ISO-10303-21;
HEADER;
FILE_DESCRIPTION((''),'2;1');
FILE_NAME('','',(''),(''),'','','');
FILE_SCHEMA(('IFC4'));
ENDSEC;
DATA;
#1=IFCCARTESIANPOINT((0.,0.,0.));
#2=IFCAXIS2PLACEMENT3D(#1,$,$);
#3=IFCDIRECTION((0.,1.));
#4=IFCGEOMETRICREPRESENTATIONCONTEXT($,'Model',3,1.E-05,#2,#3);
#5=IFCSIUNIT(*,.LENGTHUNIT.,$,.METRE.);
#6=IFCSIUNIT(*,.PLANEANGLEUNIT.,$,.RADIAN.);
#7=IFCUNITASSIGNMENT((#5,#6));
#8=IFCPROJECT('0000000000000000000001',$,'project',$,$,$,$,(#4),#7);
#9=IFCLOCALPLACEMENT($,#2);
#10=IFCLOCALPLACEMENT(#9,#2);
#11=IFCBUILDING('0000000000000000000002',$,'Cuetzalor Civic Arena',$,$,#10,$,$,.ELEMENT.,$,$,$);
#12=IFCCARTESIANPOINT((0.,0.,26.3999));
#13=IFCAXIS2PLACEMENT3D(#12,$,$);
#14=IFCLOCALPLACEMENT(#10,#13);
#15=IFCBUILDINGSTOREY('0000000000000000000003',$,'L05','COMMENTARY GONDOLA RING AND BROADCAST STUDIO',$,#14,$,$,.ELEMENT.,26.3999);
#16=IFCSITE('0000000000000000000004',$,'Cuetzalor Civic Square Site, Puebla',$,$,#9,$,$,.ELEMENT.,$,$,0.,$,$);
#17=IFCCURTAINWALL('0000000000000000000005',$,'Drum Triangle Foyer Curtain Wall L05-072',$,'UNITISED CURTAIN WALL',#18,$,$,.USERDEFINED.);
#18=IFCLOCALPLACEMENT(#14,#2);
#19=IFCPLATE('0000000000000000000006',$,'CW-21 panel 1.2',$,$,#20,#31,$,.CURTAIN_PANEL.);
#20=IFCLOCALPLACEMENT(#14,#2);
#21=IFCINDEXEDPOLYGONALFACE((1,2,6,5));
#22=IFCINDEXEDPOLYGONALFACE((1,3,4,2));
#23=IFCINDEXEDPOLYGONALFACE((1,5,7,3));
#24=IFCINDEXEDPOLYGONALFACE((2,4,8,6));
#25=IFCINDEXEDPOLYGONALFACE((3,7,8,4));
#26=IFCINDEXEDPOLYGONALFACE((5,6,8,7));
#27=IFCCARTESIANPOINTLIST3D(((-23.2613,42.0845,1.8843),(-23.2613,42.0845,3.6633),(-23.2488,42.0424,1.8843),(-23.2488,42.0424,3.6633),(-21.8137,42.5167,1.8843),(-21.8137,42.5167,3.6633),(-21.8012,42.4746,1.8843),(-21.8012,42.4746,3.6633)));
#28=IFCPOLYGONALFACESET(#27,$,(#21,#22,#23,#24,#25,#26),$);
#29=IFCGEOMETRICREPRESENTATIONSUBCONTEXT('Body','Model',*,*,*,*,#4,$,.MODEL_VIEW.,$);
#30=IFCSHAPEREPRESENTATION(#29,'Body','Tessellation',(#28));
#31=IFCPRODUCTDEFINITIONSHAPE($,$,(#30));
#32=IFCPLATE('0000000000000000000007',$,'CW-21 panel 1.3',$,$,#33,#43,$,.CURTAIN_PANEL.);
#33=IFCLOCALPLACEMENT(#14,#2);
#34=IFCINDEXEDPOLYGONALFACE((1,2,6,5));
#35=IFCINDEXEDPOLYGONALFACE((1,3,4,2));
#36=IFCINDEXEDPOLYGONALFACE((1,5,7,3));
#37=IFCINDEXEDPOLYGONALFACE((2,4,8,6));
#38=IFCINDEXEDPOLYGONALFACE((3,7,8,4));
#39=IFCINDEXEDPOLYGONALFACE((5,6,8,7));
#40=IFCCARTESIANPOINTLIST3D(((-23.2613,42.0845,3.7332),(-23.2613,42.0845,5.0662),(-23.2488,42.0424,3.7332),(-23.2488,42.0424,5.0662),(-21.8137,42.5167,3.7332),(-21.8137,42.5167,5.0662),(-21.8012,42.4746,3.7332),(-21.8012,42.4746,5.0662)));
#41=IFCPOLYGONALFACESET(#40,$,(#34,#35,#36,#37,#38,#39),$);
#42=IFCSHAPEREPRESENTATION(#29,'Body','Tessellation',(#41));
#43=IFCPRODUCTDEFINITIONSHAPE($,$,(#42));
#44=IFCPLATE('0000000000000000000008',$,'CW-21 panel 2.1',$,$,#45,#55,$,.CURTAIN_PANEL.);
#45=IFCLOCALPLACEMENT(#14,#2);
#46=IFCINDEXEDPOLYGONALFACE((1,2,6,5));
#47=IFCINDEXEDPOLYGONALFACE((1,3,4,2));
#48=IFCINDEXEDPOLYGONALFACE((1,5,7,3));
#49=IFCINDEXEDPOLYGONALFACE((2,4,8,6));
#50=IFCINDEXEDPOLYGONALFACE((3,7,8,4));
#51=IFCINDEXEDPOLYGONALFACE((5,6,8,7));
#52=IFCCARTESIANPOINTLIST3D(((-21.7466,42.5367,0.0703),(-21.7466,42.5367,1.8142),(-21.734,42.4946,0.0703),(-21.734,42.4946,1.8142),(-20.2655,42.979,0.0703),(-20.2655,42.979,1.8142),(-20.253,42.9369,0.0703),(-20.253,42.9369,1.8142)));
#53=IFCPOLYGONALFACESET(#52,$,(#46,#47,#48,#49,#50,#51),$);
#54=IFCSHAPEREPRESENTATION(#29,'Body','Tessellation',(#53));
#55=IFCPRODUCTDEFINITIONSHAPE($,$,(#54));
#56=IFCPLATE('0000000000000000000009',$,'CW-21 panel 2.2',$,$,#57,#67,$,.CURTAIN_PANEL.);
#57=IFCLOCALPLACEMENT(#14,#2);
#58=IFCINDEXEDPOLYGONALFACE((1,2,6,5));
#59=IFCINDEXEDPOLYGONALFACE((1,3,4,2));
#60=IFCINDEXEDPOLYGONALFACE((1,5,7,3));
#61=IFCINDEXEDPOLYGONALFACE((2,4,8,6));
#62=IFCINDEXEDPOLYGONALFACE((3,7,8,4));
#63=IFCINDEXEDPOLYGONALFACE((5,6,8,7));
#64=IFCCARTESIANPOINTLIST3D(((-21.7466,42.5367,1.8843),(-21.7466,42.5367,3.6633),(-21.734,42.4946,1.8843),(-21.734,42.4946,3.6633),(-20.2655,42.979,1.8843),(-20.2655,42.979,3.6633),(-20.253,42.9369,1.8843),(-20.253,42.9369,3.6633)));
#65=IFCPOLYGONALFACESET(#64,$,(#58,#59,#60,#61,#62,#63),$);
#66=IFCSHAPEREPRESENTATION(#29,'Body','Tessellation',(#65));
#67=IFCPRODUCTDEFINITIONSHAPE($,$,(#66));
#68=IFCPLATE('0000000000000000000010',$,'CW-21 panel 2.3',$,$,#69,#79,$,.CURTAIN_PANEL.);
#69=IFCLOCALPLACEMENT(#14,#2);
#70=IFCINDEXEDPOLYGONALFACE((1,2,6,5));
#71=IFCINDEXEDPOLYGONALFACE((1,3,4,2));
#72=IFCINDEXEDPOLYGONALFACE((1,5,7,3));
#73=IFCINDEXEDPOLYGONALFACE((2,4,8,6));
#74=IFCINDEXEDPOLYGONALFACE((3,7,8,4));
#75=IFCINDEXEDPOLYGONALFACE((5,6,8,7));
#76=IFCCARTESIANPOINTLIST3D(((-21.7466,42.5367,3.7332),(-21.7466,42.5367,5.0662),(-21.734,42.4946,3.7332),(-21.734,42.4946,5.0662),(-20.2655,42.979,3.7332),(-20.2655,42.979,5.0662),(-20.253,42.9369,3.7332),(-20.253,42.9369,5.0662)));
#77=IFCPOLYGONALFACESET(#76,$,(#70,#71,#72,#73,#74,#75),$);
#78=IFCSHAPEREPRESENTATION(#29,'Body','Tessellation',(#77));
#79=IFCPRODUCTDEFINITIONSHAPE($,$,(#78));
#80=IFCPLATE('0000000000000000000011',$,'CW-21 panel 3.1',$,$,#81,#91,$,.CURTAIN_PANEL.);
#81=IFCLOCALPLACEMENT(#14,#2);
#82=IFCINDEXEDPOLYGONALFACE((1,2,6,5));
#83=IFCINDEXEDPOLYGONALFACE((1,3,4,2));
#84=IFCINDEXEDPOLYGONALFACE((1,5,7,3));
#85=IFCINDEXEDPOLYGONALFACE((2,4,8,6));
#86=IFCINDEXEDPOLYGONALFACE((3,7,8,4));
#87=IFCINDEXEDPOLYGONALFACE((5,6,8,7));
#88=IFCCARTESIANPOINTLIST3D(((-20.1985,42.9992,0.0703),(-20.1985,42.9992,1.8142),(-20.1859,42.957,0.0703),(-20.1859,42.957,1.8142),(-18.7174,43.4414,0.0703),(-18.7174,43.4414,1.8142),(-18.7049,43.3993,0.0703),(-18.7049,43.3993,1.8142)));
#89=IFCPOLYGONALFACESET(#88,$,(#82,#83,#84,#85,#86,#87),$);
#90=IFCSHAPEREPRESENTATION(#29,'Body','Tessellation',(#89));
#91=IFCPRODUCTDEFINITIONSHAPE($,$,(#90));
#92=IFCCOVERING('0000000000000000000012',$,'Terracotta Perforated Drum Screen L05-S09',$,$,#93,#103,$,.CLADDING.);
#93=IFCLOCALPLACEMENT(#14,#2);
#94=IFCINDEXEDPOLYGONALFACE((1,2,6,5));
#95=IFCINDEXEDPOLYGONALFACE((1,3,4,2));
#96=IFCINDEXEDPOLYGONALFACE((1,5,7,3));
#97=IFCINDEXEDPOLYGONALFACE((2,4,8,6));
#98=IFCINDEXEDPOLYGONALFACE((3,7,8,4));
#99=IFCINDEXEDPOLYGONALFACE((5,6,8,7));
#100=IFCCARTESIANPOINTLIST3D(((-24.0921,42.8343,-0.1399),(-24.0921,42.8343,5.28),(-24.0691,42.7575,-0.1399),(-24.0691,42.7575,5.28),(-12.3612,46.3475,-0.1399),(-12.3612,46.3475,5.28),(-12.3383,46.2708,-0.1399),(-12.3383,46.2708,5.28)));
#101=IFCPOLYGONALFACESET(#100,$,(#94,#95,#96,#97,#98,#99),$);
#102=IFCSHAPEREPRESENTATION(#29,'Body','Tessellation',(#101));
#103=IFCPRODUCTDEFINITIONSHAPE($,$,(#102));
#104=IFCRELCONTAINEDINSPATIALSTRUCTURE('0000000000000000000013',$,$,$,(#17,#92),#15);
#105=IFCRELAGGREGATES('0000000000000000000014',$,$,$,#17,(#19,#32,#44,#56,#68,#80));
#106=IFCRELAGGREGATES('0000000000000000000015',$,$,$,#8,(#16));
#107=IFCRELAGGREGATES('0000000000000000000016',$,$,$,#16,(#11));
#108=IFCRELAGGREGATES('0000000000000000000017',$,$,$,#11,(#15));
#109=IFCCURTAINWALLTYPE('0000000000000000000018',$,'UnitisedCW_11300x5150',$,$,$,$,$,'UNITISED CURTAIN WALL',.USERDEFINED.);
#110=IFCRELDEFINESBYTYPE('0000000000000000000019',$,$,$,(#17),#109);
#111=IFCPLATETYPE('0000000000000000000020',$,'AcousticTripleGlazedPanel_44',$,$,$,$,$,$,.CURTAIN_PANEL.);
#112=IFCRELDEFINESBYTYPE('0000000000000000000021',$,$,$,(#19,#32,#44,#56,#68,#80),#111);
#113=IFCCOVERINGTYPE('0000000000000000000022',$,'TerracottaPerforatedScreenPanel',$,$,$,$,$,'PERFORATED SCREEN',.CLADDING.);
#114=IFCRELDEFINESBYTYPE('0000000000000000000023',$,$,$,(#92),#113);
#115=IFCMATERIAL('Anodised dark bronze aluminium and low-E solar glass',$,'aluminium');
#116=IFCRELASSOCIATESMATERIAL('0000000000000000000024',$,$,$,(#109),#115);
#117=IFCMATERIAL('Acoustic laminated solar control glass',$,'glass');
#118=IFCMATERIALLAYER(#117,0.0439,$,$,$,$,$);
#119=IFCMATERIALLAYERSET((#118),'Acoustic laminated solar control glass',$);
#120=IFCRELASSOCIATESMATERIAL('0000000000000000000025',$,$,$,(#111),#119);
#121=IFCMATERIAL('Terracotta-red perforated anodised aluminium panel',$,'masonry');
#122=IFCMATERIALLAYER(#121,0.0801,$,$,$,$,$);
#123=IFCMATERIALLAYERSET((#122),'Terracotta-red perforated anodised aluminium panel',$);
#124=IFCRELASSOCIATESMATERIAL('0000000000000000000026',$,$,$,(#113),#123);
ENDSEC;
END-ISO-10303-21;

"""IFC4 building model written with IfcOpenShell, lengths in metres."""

from ifc_helpers import new_model, si_unit, direction, frame, frame_2d, origin, origin_2d, place, context, subcontext, project, spatial, rectangle, extrude, material, layer, layer_set, type_object, element, aggregate, save


model = new_model("IFC4")

# Units and contexts
model_context = context("Model", 3, precision=1e-05, world=origin(), true_north=direction((0.0, 1.0)))
body_context = subcontext(model_context, "Body", "Model", "MODEL_VIEW")
ifc_project = project(units=[si_unit("LENGTHUNIT", "METRE"), si_unit("PLANEANGLEUNIT", "RADIAN")], contexts=[model_context])

# Site, building, storey
site_placement = place(None, origin())
site = spatial("IfcSite", under=ifc_project, at=site_placement, Name="Cuetzalor Civic Square Site, Puebla", CompositionType="ELEMENT", RefElevation=0.0)
building_placement = place(site_placement, origin())
building = spatial("IfcBuilding", under=site, at=building_placement, Name="Cuetzalor Civic Arena", CompositionType="ELEMENT")
storey_placement = place(building_placement, frame((0.0, 0.0, 26.3999)))
storey = spatial("IfcBuildingStorey", under=building, at=storey_placement, Name="L05", Description="COMMENTARY GONDOLA RING AND BROADCAST STUDIO", CompositionType="ELEMENT", Elevation=26.3999)

# Curtain wall, plates
ifc_material_1 = material(Name="Anodised dark bronze aluminium and low-E solar glass", Category="aluminium")
curtain_wall_type = type_object("IfcCurtainWallType", Name="UnitisedCW_11300x5150", ElementType="UNITISED CURTAIN WALL", PredefinedType="USERDEFINED", material=ifc_material_1)
curtain_wall_placement = place(storey_placement, origin())
curtain_wall = element("IfcCurtainWall", 1, at=curtain_wall_placement, inside=storey, type_object=curtain_wall_type, Name="Drum Triangle Foyer Curtain Wall L05-072", ObjectType="UNITISED CURTAIN WALL", PredefinedType="USERDEFINED")
ifc_material_2 = material(Name="Acoustic laminated solar control glass", Category="glass")
ifc_layer_1 = layer(ifc_material_2, 0.0439)
ifc_layer_set_1 = layer_set([ifc_layer_1], Name="Acoustic laminated solar control glass")
plate_type = type_object("IfcPlateType", Name="AcousticTripleGlazedPanel_44", PredefinedType="CURTAIN_PANEL", material=ifc_layer_set_1)
plate_1_placement = place(storey_placement, frame((-22.5312, 42.2795, 1.8843), z_axis=(0.0, 0.0, 1.0), x_axis=(0.958194, 0.28612, 0.0)))
plate_1 = element("IfcPlate", 2, at=plate_1_placement, type_object=plate_type, Name="CW-21 panel 1.2", PredefinedType="CURTAIN_PANEL", context=body_context, shape_type="SweptSolid", body=[
    extrude(rectangle(XDim=1.5107, YDim=0.0439, at=origin_2d()), origin(), (0.0, 0.0, 1.0), 1.7791),
])
plate_2_placement = place(storey_placement, frame((-22.5312, 42.2795, 3.7332), z_axis=(0.0, 0.0, 1.0), x_axis=(0.958194, 0.28612, 0.0)))
plate_2 = element("IfcPlate", 3, at=plate_2_placement, type_object=plate_type, Name="CW-21 panel 1.3", PredefinedType="CURTAIN_PANEL", context=body_context, shape_type="SweptSolid", body=[
    extrude(rectangle(XDim=1.5107, YDim=0.0439, at=origin_2d()), origin(), (0.0, 0.0, 1.0), 1.333),
])
plate_3_placement = place(storey_placement, frame((-20.9998, 42.7368, 0.0703), z_axis=(0.0, 0.0, 1.0), x_axis=(0.958194, 0.28612, 0.0)))
plate_3 = element("IfcPlate", 4, at=plate_3_placement, type_object=plate_type, Name="CW-21 panel 2.1", PredefinedType="CURTAIN_PANEL", context=body_context, shape_type="SweptSolid", body=[
    extrude(rectangle(XDim=1.5457, YDim=0.0439, at=origin_2d()), origin(), (0.0, 0.0, 1.0), 1.7439),
])
plate_4_placement = place(storey_placement, frame((-20.9998, 42.7368, 1.8843), z_axis=(0.0, 0.0, 1.0), x_axis=(0.958194, 0.28612, 0.0)))
plate_4 = element("IfcPlate", 5, at=plate_4_placement, type_object=plate_type, Name="CW-21 panel 2.2", PredefinedType="CURTAIN_PANEL", context=body_context, shape_type="SweptSolid", body=[
    extrude(rectangle(XDim=1.5457, YDim=0.0439, at=origin_2d()), origin(), (0.0, 0.0, 1.0), 1.7791),
])
plate_5_placement = place(storey_placement, frame((-20.9998, 42.7368, 3.7332), z_axis=(0.0, 0.0, 1.0), x_axis=(0.958194, 0.28612, 0.0)))
plate_5 = element("IfcPlate", 6, at=plate_5_placement, type_object=plate_type, Name="CW-21 panel 2.3", PredefinedType="CURTAIN_PANEL", context=body_context, shape_type="SweptSolid", body=[
    extrude(rectangle(XDim=1.5457, YDim=0.0439, at=origin_2d()), origin(), (0.0, 0.0, 1.0), 1.333),
])
plate_6_placement = place(storey_placement, frame((-19.4517, 43.1992, 0.0703), z_axis=(0.0, 0.0, 1.0), x_axis=(0.958194, 0.28612, 0.0)))
plate_6 = element("IfcPlate", 7, at=plate_6_placement, type_object=plate_type, Name="CW-21 panel 3.1", PredefinedType="CURTAIN_PANEL", context=body_context, shape_type="SweptSolid", body=[
    extrude(rectangle(XDim=1.5457, YDim=0.0439, at=origin_2d()), origin(), (0.0, 0.0, 1.0), 1.7439),
])
aggregate(curtain_wall, [plate_1, plate_2, plate_3, plate_4, plate_5, plate_6])

# Covering
ifc_material_3 = material(Name="Terracotta-red perforated anodised aluminium panel", Category="masonry")
ifc_layer_2 = layer(ifc_material_3, 0.0801)
ifc_layer_set_2 = layer_set([ifc_layer_2], Name="Terracotta-red perforated anodised aluminium panel")
covering_type = type_object("IfcCoveringType", Name="TerracottaPerforatedScreenPanel", ElementType="PERFORATED SCREEN", PredefinedType="CLADDING", material=ifc_layer_set_2)
covering_placement = place(storey_placement, frame((-24.0806, 42.7959, -0.1399), z_axis=(0.0, 0.0, 1.0), x_axis=(0.957962, 0.286896, 0.0)))
element("IfcCovering", 8, at=covering_placement, inside=storey, type_object=covering_type, Name="Terracotta Perforated Drum Screen L05-S09", PredefinedType="CLADDING", context=body_context, shape_type="SweptSolid", body=[
    extrude(rectangle(XDim=12.2456, YDim=0.0801, at=frame_2d((6.1228, 0.0))), origin(), (0.0, 0.0, 1.0), 5.4199),
])

save(model, "model.ifc")
